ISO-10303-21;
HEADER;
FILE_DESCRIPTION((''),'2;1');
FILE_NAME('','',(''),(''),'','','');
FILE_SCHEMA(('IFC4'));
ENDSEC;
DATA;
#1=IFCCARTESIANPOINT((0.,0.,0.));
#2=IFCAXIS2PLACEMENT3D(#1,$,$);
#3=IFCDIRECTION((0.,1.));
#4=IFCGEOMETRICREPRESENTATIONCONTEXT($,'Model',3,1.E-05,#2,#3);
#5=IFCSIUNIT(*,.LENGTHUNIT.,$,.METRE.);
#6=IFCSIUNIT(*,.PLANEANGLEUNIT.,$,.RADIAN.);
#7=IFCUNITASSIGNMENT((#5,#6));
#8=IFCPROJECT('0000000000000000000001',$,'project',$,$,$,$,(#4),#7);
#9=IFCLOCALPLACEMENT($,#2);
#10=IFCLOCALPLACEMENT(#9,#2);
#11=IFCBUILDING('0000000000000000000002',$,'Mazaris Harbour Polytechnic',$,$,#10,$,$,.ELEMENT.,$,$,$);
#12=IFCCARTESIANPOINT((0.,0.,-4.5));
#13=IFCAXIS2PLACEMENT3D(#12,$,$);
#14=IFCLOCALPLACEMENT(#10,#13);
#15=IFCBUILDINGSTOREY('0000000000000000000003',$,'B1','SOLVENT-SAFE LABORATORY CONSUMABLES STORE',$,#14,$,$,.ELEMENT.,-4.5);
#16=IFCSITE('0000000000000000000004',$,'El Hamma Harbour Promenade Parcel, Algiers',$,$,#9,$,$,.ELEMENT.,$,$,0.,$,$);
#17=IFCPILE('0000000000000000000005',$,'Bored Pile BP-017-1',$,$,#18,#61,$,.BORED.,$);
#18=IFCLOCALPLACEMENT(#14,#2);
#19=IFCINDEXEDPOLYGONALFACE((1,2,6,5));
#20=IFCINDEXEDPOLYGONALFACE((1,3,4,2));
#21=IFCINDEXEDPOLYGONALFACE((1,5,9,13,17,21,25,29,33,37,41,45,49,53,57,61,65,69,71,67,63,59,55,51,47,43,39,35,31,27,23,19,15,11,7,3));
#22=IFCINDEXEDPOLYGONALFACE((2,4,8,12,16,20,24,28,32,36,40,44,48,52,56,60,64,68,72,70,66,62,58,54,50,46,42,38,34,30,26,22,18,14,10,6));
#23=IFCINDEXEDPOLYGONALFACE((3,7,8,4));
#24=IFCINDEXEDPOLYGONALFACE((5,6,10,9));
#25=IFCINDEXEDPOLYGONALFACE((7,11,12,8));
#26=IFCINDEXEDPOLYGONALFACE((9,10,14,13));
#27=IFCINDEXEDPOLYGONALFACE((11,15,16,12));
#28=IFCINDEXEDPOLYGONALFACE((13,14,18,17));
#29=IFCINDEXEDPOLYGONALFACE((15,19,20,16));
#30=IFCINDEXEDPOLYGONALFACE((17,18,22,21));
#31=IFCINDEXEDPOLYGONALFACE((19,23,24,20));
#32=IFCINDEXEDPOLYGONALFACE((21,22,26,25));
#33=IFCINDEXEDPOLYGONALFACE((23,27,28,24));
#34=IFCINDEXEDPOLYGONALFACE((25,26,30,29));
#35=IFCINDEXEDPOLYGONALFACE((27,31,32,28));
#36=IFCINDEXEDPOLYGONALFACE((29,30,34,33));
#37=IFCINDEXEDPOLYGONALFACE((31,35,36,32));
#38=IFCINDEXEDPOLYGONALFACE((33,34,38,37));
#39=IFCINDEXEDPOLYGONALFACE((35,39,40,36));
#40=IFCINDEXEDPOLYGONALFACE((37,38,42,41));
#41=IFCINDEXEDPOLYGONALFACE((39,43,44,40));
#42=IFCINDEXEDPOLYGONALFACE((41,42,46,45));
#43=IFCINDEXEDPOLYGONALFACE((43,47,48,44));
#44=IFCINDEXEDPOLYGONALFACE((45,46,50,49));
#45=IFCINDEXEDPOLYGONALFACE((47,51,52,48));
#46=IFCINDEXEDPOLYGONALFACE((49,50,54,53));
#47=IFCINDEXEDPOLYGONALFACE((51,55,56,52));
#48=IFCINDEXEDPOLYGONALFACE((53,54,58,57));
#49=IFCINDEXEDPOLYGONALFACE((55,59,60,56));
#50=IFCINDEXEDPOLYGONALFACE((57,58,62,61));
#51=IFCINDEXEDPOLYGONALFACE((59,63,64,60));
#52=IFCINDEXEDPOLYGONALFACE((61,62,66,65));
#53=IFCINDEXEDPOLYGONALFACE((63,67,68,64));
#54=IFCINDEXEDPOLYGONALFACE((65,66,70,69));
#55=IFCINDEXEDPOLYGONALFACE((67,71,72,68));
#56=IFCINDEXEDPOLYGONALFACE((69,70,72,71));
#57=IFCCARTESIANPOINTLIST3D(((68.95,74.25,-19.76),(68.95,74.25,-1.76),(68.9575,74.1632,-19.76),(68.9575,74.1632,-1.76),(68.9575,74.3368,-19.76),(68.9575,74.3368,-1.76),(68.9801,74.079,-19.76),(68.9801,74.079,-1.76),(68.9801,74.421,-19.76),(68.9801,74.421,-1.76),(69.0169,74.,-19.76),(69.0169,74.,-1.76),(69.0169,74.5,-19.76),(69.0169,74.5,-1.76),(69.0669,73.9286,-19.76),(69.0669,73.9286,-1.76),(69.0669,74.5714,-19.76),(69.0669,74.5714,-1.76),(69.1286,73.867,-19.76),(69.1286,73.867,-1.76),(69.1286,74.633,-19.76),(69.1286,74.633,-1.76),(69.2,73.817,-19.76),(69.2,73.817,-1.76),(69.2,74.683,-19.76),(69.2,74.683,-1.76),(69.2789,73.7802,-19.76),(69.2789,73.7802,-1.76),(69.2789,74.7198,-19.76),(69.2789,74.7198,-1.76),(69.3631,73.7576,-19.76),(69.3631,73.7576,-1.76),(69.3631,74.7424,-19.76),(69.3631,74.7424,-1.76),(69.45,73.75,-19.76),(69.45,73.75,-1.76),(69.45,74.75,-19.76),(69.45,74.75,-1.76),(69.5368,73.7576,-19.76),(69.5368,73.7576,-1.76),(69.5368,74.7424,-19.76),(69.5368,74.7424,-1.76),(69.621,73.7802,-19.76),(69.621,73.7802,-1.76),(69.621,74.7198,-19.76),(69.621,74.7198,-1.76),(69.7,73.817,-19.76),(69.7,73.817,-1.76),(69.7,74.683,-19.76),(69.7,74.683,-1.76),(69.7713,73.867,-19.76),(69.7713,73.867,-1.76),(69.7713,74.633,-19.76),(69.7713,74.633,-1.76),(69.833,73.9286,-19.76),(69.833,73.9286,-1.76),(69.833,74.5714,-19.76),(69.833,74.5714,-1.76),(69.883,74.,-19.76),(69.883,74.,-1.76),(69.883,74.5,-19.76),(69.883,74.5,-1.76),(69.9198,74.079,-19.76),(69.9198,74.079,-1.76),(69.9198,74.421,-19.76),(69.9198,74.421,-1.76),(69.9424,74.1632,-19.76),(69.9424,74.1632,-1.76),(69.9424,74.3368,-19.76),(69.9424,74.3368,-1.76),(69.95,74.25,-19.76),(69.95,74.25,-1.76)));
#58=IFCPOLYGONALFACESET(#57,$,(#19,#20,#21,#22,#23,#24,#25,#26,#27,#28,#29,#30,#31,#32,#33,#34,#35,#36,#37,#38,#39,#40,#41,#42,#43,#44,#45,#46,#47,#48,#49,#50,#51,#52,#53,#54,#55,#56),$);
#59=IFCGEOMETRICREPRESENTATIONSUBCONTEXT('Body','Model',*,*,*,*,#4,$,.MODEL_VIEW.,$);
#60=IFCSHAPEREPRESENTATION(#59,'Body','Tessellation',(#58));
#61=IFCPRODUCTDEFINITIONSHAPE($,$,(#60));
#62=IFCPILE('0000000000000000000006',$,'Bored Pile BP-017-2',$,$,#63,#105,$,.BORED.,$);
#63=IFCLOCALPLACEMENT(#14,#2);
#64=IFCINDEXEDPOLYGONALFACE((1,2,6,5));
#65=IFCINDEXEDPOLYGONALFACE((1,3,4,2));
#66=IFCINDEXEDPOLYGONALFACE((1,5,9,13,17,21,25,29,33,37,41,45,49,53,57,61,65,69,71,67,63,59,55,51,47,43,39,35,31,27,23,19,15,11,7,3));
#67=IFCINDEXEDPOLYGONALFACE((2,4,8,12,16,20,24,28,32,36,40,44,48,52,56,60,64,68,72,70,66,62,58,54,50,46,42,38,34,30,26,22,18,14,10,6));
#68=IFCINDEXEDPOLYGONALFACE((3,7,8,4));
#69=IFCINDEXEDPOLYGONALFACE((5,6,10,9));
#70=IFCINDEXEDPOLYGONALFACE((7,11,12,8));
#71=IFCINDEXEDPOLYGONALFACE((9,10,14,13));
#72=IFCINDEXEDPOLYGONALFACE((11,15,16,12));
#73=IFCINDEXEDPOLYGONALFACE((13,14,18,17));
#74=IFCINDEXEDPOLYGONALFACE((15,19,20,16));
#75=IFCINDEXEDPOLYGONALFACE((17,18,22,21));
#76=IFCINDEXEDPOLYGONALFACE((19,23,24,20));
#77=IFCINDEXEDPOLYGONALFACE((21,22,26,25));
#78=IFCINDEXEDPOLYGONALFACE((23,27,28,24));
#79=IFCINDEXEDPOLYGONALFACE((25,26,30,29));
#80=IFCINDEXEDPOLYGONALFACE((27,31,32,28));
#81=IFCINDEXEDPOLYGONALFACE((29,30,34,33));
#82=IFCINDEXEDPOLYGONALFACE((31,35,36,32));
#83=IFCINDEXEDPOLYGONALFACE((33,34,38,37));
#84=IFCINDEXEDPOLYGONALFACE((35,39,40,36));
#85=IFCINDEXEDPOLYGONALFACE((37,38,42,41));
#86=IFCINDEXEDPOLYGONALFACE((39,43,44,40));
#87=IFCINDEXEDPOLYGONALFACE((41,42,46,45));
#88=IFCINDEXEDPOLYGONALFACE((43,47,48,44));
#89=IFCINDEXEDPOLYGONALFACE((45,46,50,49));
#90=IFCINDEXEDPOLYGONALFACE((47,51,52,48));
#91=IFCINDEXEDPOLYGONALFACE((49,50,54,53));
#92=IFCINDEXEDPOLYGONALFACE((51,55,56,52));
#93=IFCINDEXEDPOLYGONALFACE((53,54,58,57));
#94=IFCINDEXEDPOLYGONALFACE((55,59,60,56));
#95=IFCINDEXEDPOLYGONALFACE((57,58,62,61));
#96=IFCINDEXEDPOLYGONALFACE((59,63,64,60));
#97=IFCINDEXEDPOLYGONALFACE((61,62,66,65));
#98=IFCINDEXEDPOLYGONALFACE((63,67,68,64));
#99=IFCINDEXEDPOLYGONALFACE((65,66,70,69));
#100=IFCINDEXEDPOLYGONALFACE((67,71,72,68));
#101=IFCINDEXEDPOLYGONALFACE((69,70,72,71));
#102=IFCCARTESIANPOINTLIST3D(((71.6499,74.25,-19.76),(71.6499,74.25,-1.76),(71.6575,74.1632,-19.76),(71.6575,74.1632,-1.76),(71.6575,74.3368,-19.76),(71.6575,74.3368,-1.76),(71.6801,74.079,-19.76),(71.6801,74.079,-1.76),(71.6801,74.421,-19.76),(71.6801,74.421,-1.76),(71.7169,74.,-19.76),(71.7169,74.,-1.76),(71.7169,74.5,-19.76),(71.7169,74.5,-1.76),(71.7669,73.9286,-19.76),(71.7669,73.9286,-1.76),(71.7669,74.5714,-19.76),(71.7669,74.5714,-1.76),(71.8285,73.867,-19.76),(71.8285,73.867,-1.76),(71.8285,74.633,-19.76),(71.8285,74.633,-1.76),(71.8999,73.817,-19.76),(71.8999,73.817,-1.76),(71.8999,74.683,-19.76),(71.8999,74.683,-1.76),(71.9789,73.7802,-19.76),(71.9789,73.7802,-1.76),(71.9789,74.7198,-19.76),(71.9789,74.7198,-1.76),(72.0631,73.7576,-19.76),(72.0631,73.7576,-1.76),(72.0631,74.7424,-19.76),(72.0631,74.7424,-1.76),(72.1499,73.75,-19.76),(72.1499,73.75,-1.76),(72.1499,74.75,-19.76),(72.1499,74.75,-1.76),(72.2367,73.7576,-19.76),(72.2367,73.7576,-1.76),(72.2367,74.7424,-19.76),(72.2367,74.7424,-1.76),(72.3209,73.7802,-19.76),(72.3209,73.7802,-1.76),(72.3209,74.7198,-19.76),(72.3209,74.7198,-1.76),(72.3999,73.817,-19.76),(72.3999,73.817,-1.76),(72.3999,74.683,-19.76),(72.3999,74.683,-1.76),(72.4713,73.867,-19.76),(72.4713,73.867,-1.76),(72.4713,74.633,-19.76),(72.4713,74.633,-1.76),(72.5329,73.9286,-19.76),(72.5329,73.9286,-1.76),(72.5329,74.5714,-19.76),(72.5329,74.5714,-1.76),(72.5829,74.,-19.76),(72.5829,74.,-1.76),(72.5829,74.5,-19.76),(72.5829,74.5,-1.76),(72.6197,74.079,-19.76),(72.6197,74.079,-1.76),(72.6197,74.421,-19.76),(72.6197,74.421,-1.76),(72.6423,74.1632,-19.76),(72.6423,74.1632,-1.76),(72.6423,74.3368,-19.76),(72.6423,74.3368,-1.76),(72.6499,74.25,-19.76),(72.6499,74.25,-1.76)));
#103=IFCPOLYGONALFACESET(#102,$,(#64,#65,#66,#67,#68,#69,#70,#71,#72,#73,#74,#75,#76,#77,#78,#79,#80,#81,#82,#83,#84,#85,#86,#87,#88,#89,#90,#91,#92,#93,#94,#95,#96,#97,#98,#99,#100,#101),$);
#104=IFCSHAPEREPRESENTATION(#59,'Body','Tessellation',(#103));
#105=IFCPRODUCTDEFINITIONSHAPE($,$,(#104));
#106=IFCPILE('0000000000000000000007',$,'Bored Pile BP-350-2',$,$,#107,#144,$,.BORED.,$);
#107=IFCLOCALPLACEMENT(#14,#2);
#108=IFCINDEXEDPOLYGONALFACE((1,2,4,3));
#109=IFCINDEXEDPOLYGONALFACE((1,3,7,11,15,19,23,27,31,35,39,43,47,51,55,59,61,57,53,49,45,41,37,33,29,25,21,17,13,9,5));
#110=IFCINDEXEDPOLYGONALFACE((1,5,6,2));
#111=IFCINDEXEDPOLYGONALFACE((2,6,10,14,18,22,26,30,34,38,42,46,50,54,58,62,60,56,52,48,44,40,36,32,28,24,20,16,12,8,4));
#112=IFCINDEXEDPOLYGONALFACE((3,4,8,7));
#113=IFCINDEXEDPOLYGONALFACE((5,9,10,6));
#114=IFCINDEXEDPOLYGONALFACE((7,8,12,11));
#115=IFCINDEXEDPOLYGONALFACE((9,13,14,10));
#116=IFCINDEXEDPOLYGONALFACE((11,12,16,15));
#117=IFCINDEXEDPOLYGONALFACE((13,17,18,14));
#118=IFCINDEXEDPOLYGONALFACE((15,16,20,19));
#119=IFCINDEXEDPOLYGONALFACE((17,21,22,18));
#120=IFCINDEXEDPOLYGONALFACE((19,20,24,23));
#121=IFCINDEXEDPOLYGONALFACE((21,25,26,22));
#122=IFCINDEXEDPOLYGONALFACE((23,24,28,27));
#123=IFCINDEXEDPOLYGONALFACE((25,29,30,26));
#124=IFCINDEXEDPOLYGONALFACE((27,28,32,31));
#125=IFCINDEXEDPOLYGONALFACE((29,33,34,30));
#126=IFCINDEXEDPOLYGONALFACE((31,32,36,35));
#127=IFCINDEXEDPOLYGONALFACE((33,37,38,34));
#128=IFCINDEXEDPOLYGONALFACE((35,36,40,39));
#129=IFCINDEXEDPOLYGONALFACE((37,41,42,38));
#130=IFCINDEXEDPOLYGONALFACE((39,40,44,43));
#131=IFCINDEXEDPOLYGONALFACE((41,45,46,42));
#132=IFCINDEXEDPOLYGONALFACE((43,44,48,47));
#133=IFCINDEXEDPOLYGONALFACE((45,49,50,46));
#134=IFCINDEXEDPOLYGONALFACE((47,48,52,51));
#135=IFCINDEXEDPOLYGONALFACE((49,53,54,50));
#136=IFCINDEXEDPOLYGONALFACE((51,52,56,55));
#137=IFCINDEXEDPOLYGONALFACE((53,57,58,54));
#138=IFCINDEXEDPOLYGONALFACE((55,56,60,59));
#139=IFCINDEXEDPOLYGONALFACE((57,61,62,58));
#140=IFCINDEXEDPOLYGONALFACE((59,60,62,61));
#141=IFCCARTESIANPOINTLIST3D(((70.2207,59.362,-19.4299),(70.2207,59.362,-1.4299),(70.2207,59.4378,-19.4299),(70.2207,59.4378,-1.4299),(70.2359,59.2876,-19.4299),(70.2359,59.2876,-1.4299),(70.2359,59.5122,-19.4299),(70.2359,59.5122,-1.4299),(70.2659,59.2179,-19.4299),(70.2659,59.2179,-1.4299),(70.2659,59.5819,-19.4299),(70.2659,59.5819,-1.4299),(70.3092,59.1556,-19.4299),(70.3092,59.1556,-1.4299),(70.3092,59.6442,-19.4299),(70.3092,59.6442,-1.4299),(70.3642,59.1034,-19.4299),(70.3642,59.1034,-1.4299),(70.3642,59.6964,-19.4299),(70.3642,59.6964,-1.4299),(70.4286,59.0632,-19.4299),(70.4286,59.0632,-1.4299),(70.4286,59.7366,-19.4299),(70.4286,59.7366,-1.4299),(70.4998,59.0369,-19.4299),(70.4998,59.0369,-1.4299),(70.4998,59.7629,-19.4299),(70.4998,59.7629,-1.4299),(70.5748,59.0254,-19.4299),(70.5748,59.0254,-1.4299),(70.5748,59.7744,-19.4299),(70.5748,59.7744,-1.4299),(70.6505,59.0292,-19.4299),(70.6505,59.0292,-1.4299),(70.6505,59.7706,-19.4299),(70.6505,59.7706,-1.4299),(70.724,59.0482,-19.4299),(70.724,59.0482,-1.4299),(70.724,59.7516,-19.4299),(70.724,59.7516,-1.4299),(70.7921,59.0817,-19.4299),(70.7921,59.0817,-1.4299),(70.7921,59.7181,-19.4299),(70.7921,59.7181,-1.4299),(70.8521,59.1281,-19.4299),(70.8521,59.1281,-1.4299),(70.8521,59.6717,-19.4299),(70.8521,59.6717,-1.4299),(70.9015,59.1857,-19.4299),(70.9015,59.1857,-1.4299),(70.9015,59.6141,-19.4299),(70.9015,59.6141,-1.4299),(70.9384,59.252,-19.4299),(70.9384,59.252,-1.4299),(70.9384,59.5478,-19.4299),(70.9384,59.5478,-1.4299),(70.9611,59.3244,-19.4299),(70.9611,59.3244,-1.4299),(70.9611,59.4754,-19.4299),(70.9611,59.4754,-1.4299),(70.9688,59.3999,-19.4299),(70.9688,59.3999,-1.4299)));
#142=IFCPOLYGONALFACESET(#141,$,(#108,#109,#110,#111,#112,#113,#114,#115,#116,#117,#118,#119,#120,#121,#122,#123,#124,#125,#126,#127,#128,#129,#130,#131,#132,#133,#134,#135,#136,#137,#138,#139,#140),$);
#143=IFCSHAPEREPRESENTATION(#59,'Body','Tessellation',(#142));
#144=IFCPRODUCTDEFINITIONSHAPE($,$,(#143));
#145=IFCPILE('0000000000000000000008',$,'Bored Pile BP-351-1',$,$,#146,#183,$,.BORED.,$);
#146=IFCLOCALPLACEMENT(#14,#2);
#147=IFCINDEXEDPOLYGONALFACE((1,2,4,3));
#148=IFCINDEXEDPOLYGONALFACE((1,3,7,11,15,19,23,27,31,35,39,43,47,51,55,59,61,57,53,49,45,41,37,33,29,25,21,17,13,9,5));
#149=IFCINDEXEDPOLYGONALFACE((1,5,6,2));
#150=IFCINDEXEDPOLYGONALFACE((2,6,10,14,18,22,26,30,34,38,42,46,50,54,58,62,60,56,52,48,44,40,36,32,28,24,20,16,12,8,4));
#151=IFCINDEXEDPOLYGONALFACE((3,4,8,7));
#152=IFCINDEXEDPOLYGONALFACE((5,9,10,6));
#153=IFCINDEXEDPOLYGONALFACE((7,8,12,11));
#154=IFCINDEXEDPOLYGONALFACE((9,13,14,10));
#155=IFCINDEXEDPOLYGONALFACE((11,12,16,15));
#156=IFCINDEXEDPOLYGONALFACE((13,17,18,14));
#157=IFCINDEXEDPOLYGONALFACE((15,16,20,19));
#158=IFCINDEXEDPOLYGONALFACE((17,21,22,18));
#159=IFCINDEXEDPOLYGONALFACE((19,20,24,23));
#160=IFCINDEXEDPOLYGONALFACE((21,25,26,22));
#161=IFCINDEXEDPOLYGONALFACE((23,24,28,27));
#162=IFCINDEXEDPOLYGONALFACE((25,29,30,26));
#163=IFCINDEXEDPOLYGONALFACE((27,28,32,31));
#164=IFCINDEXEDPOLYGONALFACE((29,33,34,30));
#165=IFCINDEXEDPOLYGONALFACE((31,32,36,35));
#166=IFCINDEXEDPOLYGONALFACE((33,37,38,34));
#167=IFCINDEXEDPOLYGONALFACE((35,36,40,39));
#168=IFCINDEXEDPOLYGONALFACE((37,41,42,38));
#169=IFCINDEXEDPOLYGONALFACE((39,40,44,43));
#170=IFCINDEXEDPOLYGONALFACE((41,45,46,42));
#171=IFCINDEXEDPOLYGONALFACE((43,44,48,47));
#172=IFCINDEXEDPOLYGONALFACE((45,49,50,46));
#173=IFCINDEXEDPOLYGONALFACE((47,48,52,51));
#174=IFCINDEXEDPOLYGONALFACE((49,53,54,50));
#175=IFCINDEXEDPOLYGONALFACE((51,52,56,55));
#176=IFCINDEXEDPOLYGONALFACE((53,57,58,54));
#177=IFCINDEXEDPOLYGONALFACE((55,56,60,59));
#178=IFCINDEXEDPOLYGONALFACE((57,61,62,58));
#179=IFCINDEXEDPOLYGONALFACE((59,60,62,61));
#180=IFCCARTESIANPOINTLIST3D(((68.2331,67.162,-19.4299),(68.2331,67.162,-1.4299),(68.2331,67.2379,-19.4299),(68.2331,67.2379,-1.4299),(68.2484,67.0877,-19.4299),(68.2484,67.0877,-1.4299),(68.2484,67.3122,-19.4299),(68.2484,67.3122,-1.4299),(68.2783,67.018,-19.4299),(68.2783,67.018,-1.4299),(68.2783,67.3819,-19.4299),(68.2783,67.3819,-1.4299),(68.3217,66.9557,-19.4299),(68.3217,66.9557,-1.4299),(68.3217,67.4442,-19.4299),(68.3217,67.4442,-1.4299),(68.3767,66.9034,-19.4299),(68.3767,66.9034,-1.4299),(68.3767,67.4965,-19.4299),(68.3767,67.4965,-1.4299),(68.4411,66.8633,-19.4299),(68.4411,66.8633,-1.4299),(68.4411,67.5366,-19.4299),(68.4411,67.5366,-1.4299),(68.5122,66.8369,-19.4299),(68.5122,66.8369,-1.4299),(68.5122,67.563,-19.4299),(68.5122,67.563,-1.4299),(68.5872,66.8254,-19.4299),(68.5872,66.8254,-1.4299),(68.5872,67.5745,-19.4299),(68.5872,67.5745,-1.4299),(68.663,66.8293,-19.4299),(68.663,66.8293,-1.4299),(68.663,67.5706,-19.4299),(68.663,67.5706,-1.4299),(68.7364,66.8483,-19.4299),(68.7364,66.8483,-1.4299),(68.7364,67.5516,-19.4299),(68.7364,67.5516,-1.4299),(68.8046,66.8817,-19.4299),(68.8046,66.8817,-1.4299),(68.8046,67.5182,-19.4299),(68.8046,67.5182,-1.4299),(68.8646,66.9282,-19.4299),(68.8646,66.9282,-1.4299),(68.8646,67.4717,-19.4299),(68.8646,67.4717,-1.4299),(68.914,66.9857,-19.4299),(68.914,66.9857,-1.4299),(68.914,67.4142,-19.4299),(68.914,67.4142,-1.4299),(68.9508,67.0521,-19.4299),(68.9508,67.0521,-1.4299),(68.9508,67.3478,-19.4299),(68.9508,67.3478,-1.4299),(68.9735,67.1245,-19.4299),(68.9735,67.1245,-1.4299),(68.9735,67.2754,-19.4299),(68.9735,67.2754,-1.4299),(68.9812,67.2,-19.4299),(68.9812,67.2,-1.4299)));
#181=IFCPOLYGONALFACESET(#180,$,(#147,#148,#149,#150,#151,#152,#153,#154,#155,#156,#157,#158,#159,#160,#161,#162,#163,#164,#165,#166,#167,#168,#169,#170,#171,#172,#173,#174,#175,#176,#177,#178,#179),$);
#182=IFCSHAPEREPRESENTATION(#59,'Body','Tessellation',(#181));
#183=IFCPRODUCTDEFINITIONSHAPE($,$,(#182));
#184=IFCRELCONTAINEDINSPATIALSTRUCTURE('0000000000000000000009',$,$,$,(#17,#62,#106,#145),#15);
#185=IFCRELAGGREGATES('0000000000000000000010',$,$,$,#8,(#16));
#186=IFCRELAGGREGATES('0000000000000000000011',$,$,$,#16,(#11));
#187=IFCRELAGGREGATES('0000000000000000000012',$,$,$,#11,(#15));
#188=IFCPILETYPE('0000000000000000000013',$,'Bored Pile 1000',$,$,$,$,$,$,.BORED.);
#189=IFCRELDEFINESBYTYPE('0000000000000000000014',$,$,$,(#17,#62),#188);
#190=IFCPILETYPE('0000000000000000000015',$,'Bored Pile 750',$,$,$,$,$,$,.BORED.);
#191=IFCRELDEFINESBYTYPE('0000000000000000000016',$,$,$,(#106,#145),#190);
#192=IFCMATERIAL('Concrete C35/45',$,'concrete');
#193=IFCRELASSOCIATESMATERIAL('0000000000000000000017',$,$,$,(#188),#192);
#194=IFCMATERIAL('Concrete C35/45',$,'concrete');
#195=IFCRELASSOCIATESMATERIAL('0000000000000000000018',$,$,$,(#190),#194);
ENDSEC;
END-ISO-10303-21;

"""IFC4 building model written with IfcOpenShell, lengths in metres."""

from ifc_helpers import new_model, si_unit, direction, frame, origin, origin_2d, place, context, subcontext, project, spatial, circle, extrude, material, material_profile, profile_set, type_object, element, save


model = new_model("IFC4")

# Units and contexts
model_context = context("Model", 3, precision=1e-05, world=origin(), true_north=direction((0.0, 1.0)))
body_context = subcontext(model_context, "Body", "Model", "MODEL_VIEW")
ifc_project = project(units=[si_unit("LENGTHUNIT", "METRE"), si_unit("PLANEANGLEUNIT", "RADIAN")], contexts=[model_context])

# Site, building, storey
site_placement = place(None, origin())
site = spatial("IfcSite", under=ifc_project, at=site_placement, Name="El Hamma Harbour Promenade Parcel, Algiers", CompositionType="ELEMENT", RefElevation=0.0)
building_placement = place(site_placement, origin())
building = spatial("IfcBuilding", under=site, at=building_placement, Name="Mazaris Harbour Polytechnic", CompositionType="ELEMENT")
storey_placement = place(building_placement, frame((0.0, 0.0, -4.5)))
storey = spatial("IfcBuildingStorey", under=building, at=storey_placement, Name="B1", Description="SOLVENT-SAFE LABORATORY CONSUMABLES STORE", CompositionType="ELEMENT", Elevation=-4.5)

# Piles
ifc_material_1 = material(Name="Concrete C35/45", Category="concrete")
ifc_material_profile_1 = material_profile(ifc_material_1, circle(Radius=0.5, at=origin_2d()), Name="DIA1000")
ifc_profile_set_1 = profile_set([ifc_material_profile_1], Name="Concrete C35/45")
pile_type_1 = type_object("IfcPileType", Name="Bored Pile 1000", PredefinedType="BORED", material=ifc_profile_set_1)
for number, where, z_axis, x_axis, name in (
    (1, (69.45, 74.25, -1.76), (0.0, 0.0, -1.0), (1.0, 0.0, 0.0), "Bored Pile BP-017-1"),
    (2, (72.1499, 74.25, -1.76), (0.0, 0.0, -1.0), (1.0, 0.0, 0.0), "Bored Pile BP-017-2"),
):
    element("IfcPile", number, at=place(storey_placement, frame(where, z_axis=z_axis, x_axis=x_axis)), inside=storey, type_object=pile_type_1, Name=name, PredefinedType="BORED", context=body_context, shape_type="SweptSolid", body=[
        extrude(circle(Radius=0.5, at=origin_2d()), origin(), (0.0, 0.0, 1.0), 18.0),
    ])
ifc_material_2 = material(Name="Concrete C35/45", Category="concrete")
ifc_material_profile_2 = material_profile(ifc_material_2, circle(Radius=0.375, at=origin_2d()), Name="DIA750")
ifc_profile_set_2 = profile_set([ifc_material_profile_2], Name="Concrete C35/45")
pile_type_2 = type_object("IfcPileType", Name="Bored Pile 750", PredefinedType="BORED", material=ifc_profile_set_2)
for number, where, z_axis, x_axis, name in (
    (3, (70.5938, 59.3999, -1.4299), (0.0, 0.0, -1.0), (1.0, 0.0, 0.0), "Bored Pile BP-350-2"),
    (4, (68.6062, 67.2, -1.4299), (0.0, 0.0, -1.0), (1.0, 0.0, 0.0), "Bored Pile BP-351-1"),
):
    element("IfcPile", number, at=place(storey_placement, frame(where, z_axis=z_axis, x_axis=x_axis)), inside=storey, type_object=pile_type_2, Name=name, PredefinedType="BORED", context=body_context, shape_type="SweptSolid", body=[
        extrude(circle(Radius=0.375, at=origin_2d()), origin(), (0.0, 0.0, 1.0), 18.0),
    ])

save(model, "model.ifc")
